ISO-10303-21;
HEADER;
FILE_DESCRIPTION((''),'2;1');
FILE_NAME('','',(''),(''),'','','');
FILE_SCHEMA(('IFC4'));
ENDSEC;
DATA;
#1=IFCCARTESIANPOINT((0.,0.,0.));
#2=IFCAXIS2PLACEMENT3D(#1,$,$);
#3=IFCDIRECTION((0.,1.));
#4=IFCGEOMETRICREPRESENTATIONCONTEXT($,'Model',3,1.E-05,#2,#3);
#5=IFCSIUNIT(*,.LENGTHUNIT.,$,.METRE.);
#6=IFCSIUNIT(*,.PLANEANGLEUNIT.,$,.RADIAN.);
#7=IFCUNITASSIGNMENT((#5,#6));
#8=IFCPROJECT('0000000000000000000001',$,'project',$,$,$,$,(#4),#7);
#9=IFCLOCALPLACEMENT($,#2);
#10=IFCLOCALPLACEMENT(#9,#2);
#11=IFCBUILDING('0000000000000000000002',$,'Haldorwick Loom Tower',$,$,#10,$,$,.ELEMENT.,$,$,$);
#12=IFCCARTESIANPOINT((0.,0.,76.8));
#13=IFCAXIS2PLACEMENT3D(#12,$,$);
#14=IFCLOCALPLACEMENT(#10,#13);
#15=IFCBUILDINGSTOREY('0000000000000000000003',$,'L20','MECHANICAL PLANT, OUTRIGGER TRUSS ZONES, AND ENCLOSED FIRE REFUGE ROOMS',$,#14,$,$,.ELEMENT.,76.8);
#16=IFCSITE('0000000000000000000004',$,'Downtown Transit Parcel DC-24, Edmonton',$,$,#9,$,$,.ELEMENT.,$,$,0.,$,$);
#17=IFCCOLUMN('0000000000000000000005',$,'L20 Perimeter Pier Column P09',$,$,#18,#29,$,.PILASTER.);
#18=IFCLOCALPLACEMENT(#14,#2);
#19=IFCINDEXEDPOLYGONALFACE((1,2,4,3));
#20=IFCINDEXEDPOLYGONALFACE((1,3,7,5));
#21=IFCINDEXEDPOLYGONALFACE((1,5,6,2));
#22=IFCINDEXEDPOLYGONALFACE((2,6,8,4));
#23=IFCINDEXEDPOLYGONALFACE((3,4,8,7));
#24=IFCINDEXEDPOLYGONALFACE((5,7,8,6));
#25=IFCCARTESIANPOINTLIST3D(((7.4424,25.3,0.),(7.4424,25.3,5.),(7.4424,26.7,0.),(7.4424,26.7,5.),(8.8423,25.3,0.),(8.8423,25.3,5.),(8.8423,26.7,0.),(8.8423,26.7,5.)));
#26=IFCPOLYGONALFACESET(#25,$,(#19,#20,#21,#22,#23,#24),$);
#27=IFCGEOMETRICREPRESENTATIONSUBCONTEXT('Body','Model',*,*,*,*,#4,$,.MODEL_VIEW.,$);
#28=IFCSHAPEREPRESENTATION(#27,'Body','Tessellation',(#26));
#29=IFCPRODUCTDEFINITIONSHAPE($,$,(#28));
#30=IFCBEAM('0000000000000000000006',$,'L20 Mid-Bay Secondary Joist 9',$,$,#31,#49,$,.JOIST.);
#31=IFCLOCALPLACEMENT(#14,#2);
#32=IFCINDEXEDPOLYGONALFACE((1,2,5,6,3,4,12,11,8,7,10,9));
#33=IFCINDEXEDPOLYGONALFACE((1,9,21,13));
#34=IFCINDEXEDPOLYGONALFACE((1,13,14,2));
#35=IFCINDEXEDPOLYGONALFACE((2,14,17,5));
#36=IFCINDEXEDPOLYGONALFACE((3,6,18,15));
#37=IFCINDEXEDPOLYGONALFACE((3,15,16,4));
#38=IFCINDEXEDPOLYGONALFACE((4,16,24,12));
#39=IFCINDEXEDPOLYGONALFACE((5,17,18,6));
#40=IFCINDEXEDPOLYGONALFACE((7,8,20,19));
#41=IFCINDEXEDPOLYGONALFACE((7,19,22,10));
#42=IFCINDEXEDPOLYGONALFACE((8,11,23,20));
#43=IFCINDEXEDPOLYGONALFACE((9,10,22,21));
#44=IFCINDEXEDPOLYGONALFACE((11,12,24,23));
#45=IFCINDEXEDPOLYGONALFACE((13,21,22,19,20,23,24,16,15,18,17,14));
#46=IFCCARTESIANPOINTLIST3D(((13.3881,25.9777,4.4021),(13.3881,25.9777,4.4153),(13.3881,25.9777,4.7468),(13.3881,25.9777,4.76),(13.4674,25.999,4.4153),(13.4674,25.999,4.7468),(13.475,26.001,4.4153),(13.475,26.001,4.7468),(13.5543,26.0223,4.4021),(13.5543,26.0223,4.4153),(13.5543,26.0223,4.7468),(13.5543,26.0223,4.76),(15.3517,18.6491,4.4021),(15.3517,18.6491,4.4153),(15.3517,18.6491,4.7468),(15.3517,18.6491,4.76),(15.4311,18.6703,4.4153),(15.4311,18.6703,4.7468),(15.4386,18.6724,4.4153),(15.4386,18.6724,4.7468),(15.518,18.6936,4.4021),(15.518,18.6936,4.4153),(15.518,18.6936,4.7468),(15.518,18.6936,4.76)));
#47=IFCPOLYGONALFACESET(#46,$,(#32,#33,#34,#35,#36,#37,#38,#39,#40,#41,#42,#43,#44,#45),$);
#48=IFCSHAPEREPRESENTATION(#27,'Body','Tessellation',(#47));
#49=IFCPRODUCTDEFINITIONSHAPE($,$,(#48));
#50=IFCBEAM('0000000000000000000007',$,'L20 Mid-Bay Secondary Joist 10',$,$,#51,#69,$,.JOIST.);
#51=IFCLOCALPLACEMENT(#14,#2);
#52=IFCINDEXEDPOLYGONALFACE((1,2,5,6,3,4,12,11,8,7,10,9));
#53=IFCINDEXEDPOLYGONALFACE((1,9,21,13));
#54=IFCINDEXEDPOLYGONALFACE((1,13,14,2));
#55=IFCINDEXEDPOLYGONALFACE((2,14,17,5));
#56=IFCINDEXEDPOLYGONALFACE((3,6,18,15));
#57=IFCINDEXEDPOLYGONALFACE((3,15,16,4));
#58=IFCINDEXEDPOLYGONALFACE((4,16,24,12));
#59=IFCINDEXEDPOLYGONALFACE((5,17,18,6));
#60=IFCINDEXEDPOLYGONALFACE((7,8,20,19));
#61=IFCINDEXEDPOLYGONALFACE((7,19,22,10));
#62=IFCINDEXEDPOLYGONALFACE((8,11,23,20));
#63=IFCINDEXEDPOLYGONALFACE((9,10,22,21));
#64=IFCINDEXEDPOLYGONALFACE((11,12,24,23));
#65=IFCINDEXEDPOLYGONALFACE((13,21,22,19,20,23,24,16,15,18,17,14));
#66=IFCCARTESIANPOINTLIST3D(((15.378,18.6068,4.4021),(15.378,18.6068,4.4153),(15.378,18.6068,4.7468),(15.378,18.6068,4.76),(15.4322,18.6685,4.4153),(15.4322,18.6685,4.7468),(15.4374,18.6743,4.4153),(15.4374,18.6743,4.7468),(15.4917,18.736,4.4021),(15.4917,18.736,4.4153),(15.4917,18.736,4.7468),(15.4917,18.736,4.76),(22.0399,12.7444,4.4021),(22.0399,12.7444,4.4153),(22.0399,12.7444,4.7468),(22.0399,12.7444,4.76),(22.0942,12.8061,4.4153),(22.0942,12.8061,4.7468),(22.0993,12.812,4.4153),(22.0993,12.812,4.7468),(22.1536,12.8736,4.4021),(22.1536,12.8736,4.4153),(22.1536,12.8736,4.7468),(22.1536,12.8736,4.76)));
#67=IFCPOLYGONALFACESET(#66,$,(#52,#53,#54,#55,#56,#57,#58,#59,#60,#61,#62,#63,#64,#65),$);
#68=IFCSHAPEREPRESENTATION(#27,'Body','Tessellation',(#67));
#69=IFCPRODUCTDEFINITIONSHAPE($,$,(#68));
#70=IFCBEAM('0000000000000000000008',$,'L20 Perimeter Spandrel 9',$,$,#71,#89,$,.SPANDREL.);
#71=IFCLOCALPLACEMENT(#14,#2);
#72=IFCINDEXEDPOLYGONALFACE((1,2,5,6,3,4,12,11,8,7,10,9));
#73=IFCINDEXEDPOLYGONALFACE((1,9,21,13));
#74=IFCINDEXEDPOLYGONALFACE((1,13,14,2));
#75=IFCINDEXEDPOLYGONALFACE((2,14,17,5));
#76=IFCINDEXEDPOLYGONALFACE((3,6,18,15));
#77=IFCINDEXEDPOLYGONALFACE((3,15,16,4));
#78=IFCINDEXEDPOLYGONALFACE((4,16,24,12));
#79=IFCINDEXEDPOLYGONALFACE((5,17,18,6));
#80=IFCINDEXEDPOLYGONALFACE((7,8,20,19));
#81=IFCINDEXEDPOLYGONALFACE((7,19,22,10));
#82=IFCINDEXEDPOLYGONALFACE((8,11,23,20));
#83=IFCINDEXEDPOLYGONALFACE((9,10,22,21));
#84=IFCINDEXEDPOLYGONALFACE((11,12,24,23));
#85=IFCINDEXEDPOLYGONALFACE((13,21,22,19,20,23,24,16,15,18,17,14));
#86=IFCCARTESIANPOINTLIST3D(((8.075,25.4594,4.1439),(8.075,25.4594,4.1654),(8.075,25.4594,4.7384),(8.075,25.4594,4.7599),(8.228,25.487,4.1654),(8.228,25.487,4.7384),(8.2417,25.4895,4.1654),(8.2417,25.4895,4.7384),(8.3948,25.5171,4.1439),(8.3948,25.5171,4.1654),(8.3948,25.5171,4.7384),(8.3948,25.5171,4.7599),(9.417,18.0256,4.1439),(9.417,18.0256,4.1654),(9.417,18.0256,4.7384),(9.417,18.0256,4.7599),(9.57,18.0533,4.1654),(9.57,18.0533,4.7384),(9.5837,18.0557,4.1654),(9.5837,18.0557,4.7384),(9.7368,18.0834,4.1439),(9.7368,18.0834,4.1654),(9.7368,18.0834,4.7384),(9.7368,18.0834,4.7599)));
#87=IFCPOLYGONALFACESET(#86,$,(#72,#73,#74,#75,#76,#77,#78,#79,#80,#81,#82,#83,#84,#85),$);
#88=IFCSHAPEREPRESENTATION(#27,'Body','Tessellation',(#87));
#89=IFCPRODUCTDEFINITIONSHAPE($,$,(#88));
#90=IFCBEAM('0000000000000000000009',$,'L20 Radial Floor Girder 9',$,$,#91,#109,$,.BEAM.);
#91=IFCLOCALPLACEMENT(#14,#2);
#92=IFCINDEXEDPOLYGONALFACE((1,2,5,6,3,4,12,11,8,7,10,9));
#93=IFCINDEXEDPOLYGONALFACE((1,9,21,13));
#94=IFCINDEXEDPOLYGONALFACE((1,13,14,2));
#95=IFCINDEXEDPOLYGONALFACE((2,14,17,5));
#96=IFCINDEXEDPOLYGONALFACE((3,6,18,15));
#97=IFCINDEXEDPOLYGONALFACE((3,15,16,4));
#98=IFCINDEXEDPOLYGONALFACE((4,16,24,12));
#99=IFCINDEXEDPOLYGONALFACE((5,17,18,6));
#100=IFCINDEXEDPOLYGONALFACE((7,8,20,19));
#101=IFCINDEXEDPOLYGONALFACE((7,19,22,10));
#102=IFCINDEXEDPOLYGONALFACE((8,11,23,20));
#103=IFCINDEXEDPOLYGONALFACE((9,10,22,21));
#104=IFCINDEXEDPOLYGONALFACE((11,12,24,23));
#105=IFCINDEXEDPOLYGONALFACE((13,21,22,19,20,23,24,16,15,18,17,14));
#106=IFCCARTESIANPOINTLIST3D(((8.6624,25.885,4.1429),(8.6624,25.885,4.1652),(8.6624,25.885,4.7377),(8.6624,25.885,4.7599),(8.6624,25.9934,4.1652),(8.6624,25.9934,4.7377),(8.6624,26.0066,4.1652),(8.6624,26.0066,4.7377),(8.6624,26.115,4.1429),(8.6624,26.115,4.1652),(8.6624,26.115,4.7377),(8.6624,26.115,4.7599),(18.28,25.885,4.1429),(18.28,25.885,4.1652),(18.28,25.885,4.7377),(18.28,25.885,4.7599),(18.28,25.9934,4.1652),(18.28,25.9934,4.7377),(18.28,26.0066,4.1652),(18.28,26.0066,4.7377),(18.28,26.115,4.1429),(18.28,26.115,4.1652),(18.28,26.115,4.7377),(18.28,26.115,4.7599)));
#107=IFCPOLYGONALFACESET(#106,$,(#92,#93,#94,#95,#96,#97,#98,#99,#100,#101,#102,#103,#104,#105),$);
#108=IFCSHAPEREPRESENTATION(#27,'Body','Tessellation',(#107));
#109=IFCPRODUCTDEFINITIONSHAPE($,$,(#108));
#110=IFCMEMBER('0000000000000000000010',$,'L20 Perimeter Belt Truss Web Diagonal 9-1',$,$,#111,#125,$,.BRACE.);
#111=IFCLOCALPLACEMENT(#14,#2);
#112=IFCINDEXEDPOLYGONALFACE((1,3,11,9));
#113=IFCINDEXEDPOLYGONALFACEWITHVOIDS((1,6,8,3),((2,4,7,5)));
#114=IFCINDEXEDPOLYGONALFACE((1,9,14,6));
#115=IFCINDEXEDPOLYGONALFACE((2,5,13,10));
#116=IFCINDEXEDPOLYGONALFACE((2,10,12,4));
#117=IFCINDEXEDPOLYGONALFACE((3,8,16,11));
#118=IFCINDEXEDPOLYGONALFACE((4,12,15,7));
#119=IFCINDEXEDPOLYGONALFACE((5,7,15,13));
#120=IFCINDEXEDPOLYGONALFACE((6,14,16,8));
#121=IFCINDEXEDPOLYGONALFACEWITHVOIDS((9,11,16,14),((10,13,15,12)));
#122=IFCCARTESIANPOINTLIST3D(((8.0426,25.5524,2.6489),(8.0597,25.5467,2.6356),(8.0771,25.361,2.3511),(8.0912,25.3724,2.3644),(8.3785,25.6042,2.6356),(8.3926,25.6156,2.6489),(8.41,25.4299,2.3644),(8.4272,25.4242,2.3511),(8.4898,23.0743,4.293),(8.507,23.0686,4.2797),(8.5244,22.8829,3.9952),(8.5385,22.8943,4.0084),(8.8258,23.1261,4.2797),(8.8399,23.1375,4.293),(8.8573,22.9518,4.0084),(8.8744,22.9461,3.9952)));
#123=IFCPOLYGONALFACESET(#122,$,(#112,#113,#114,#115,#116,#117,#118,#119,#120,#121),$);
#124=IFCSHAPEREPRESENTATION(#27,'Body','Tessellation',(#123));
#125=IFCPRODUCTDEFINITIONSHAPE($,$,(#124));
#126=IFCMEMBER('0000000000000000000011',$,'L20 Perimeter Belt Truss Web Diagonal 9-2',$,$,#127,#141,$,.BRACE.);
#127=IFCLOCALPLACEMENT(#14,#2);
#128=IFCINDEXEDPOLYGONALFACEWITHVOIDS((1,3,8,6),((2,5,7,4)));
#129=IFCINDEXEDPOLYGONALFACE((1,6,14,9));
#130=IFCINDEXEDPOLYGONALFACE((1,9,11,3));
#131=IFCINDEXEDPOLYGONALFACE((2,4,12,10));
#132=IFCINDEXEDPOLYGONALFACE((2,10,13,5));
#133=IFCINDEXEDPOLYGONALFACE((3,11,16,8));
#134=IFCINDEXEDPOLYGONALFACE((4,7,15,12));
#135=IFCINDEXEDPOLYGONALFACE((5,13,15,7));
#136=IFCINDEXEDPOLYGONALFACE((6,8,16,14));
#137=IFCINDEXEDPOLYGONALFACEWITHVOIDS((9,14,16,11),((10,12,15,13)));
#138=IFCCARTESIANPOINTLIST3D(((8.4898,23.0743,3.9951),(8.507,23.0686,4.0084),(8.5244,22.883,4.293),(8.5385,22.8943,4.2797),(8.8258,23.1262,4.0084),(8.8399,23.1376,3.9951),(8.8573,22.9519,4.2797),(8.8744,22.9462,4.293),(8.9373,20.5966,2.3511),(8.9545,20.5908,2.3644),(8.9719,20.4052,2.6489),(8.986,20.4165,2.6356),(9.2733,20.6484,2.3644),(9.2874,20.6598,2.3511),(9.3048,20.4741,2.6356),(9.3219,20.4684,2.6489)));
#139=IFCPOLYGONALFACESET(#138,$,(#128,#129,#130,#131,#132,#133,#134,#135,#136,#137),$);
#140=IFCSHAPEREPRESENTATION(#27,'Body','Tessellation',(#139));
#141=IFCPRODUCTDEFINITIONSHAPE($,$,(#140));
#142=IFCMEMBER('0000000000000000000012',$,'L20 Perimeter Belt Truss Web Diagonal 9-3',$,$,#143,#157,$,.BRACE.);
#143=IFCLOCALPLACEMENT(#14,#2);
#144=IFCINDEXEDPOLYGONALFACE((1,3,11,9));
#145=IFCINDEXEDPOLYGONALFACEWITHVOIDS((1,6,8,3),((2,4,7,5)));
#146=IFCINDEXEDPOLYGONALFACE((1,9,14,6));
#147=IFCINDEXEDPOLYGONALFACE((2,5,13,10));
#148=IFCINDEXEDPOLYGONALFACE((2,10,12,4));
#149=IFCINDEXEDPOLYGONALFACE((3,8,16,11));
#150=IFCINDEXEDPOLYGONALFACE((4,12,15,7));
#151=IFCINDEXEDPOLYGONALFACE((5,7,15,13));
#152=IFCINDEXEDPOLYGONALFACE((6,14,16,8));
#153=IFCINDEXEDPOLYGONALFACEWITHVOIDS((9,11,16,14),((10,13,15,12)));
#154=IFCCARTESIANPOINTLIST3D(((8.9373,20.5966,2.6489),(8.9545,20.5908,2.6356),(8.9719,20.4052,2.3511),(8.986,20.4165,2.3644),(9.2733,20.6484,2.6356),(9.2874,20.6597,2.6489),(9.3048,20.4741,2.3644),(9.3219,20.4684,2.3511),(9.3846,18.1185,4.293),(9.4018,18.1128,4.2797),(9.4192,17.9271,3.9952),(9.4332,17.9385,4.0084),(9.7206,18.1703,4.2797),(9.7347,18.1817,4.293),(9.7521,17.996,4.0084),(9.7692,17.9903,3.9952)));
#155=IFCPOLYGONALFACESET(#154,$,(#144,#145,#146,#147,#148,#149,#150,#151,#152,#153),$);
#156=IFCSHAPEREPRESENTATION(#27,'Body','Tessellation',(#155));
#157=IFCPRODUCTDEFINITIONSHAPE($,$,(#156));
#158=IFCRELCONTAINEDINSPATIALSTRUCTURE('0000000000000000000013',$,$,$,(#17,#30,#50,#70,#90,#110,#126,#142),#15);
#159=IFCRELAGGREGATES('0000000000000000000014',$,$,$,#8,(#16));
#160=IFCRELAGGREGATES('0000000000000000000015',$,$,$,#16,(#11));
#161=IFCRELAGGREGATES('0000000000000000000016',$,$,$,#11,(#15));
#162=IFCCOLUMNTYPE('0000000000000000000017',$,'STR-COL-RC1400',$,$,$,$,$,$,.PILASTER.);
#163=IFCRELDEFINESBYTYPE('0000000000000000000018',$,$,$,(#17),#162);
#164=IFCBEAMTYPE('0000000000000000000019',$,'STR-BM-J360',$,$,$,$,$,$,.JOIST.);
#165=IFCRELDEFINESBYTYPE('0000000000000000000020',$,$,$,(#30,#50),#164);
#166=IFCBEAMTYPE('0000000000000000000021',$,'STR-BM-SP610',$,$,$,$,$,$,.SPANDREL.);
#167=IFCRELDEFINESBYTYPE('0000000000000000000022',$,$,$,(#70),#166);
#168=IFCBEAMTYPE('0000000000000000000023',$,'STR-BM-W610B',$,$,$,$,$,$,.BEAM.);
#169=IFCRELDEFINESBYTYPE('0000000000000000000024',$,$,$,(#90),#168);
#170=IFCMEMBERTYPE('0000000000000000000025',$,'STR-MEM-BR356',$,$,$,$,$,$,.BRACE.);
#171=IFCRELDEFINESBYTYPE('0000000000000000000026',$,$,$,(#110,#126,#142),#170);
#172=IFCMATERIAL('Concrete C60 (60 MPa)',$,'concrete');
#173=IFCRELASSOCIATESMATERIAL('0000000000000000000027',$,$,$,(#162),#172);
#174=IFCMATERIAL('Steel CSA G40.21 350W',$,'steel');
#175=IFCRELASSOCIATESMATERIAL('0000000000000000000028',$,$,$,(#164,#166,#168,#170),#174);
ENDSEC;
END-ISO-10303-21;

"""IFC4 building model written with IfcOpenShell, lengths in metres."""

from ifc_helpers import new_model, si_unit, direction, frame, origin, origin_2d, place, context, subcontext, project, spatial, rectangle, hollow_rectangle, i_section, extrude, material, material_profile, profile_set, type_object, element, save


model = new_model("IFC4")

# Units and contexts
model_context = context("Model", 3, precision=1e-05, world=origin(), true_north=direction((0.0, 1.0)))
body_context = subcontext(model_context, "Body", "Model", "MODEL_VIEW")
ifc_project = project(units=[si_unit("LENGTHUNIT", "METRE"), si_unit("PLANEANGLEUNIT", "RADIAN")], contexts=[model_context])

# Site, building, storey
site_placement = place(None, origin())
site = spatial("IfcSite", under=ifc_project, at=site_placement, Name="Downtown Transit Parcel DC-24, Edmonton", CompositionType="ELEMENT", RefElevation=0.0)
building_placement = place(site_placement, origin())
building = spatial("IfcBuilding", under=site, at=building_placement, Name="Haldorwick Loom Tower", CompositionType="ELEMENT")
storey_placement = place(building_placement, frame((0.0, 0.0, 76.8)))
storey = spatial("IfcBuildingStorey", under=building, at=storey_placement, Name="L20", Description="MECHANICAL PLANT, OUTRIGGER TRUSS ZONES, AND ENCLOSED FIRE REFUGE ROOMS", CompositionType="ELEMENT", Elevation=76.8)

# Column
ifc_material_1 = material(Name="Concrete C60 (60 MPa)", Category="concrete")
ifc_material_profile_1 = material_profile(ifc_material_1, rectangle(XDim=1.3999, YDim=1.3999, at=origin_2d()), Name="RC1400X1400", Category="concrete")
ifc_profile_set_1 = profile_set([ifc_material_profile_1], Name="Concrete C60 (60 MPa)")
column_type = type_object("IfcColumnType", Name="STR-COL-RC1400", PredefinedType="PILASTER", material=ifc_profile_set_1)
column_placement = place(storey_placement, frame((8.1423, 26.0, 0.0), z_axis=(0.0, 0.0, 1.0), x_axis=(-1.0, 0.0, 0.0)))
element("IfcColumn", 1, at=column_placement, inside=storey, type_object=column_type, Name="L20 Perimeter Pier Column P09", PredefinedType="PILASTER", context=body_context, shape_type="SweptSolid", body=[
    extrude(rectangle(XDim=1.3999, YDim=1.3999, at=origin_2d()), origin(), (0.0, 0.0, 1.0), 5.0),
])

# Beams
ifc_material_2 = material(Name="Steel CSA G40.21 350W", Category="steel")
ifc_material_profile_2 = material_profile(ifc_material_2, i_section(OverallWidth=0.1721, OverallDepth=0.3579, WebThickness=0.0078, FlangeThickness=0.0132, at=origin_2d()), Name="W360X57", Category="steel")
ifc_profile_set_2 = profile_set([ifc_material_profile_2], Name="Steel CSA G40.21 350W")
beam_type_1 = type_object("IfcBeamType", Name="STR-BM-J360", PredefinedType="JOIST", material=ifc_profile_set_2)
beam_1_placement = place(storey_placement, frame((13.4712, 26.0, 4.5811), z_axis=(0.25881, -0.965928, 0.0), x_axis=(0.965928, 0.25881, 0.0)))
element("IfcBeam", 2, at=beam_1_placement, inside=storey, type_object=beam_type_1, Name="L20 Mid-Bay Secondary Joist 9", PredefinedType="JOIST", context=body_context, shape_type="SweptSolid", body=[
    extrude(i_section(OverallWidth=0.1721, OverallDepth=0.3579, WebThickness=0.0078, FlangeThickness=0.0132, at=origin_2d()), origin(), (0.0, 0.0, 1.0), 7.5872),
])
beam_2_placement = place(storey_placement, frame((15.4348, 18.6714, 4.5811), z_axis=(0.750721, -0.660619, 0.0), x_axis=(0.660619, 0.750721, 0.0)))
element("IfcBeam", 3, at=beam_2_placement, inside=storey, type_object=beam_type_1, Name="L20 Mid-Bay Secondary Joist 10", PredefinedType="JOIST", context=body_context, shape_type="SweptSolid", body=[
    extrude(i_section(OverallWidth=0.1721, OverallDepth=0.3579, WebThickness=0.0078, FlangeThickness=0.0132, at=origin_2d()), origin(), (0.0, 0.0, 1.0), 8.874),
])
ifc_material_profile_3 = material_profile(ifc_material_2, i_section(OverallWidth=0.325, OverallDepth=0.616, WebThickness=0.0139, FlangeThickness=0.0215, at=origin_2d()), Name="W610X174", Category="steel")
ifc_profile_set_3 = profile_set([ifc_material_profile_3], Name="Steel CSA G40.21 350W")
beam_type_2 = type_object("IfcBeamType", Name="STR-BM-SP610", PredefinedType="SPANDREL", material=ifc_profile_set_3)
beam_3_placement = place(storey_placement, frame((8.2349, 25.4883, 4.4519), z_axis=(0.177659, -0.984092, 0.0), x_axis=(0.984092, 0.177659, 0.0)))
element("IfcBeam", 4, at=beam_3_placement, inside=storey, type_object=beam_type_2, Name="L20 Perimeter Spandrel 9", PredefinedType="SPANDREL", context=body_context, shape_type="SweptSolid", body=[
    extrude(i_section(OverallWidth=0.325, OverallDepth=0.616, WebThickness=0.0139, FlangeThickness=0.0215, at=origin_2d()), origin(), (0.0, 0.0, 1.0), 7.554),
])
ifc_material_profile_4 = material_profile(ifc_material_2, i_section(OverallWidth=0.23, OverallDepth=0.6169, WebThickness=0.0132, FlangeThickness=0.0222, at=origin_2d()), Name="W610X140", Category="steel")
ifc_profile_set_4 = profile_set([ifc_material_profile_4], Name="Steel CSA G40.21 350W")
beam_type_3 = type_object("IfcBeamType", Name="STR-BM-W610B", PredefinedType="BEAM", material=ifc_profile_set_4)
beam_4_placement = place(storey_placement, frame((18.28, 26.0, 4.4514), z_axis=(-1.0, 0.0, 0.0), x_axis=(0.0, -1.0, 0.0)))
element("IfcBeam", 5, at=beam_4_placement, inside=storey, type_object=beam_type_3, Name="L20 Radial Floor Girder 9", PredefinedType="BEAM", context=body_context, shape_type="SweptSolid", body=[
    extrude(i_section(OverallWidth=0.23, OverallDepth=0.6169, WebThickness=0.0132, FlangeThickness=0.0222, at=origin_2d()), origin(), (0.0, 0.0, 1.0), 9.6177),
])

# Members
ifc_material_profile_5 = material_profile(ifc_material_2, hollow_rectangle(XDim=0.3557, YDim=0.3557, WallThickness=0.0159, at=origin_2d()), Name="HSS356X356X16", Category="steel")
ifc_profile_set_5 = profile_set([ifc_material_profile_5], Name="Steel CSA G40.21 350W")
member_type_1 = type_object("IfcMemberType", Name="STR-MEM-BR356", PredefinedType="BRACE", material=ifc_profile_set_5)
member_1_placement = place(storey_placement, frame((8.2349, 25.4883, 2.5), z_axis=(0.148729, -0.824018, 0.546693), x_axis=(0.984099, 0.177623, 0.0)))
element("IfcMember", 6, at=member_1_placement, inside=storey, type_object=member_type_1, Name="L20 Perimeter Belt Truss Web Diagonal 9-1", PredefinedType="BRACE", context=body_context, shape_type="SweptSolid", body=[
    extrude(hollow_rectangle(XDim=0.3557, YDim=0.3557, WallThickness=0.0159, at=origin_2d()), origin(), (0.0, 0.0, 1.0), 3.0073),
])
member_2_placement = place(storey_placement, frame((8.6821, 23.0103, 4.144), z_axis=(0.148819, -0.823982, -0.546723), x_axis=(0.984079, 0.177733, 0.0)))
element("IfcMember", 7, at=member_2_placement, inside=storey, type_object=member_type_1, Name="L20 Perimeter Belt Truss Web Diagonal 9-2", PredefinedType="BRACE", context=body_context, shape_type="SweptSolid", body=[
    extrude(hollow_rectangle(XDim=0.3557, YDim=0.3557, WallThickness=0.0159, at=origin_2d()), origin(), (0.0, 0.0, 1.0), 3.0071),
])
member_3_placement = place(storey_placement, frame((9.1296, 20.5325, 2.5), z_axis=(0.148729, -0.824018, 0.546693), x_axis=(0.984099, 0.177623, 0.0)))
element("IfcMember", 8, at=member_3_placement, inside=storey, type_object=member_type_1, Name="L20 Perimeter Belt Truss Web Diagonal 9-3", PredefinedType="BRACE", context=body_context, shape_type="SweptSolid", body=[
    extrude(hollow_rectangle(XDim=0.3557, YDim=0.3557, WallThickness=0.0159, at=origin_2d()), origin(), (0.0, 0.0, 1.0), 3.0073),
])

save(model, "model.ifc")
